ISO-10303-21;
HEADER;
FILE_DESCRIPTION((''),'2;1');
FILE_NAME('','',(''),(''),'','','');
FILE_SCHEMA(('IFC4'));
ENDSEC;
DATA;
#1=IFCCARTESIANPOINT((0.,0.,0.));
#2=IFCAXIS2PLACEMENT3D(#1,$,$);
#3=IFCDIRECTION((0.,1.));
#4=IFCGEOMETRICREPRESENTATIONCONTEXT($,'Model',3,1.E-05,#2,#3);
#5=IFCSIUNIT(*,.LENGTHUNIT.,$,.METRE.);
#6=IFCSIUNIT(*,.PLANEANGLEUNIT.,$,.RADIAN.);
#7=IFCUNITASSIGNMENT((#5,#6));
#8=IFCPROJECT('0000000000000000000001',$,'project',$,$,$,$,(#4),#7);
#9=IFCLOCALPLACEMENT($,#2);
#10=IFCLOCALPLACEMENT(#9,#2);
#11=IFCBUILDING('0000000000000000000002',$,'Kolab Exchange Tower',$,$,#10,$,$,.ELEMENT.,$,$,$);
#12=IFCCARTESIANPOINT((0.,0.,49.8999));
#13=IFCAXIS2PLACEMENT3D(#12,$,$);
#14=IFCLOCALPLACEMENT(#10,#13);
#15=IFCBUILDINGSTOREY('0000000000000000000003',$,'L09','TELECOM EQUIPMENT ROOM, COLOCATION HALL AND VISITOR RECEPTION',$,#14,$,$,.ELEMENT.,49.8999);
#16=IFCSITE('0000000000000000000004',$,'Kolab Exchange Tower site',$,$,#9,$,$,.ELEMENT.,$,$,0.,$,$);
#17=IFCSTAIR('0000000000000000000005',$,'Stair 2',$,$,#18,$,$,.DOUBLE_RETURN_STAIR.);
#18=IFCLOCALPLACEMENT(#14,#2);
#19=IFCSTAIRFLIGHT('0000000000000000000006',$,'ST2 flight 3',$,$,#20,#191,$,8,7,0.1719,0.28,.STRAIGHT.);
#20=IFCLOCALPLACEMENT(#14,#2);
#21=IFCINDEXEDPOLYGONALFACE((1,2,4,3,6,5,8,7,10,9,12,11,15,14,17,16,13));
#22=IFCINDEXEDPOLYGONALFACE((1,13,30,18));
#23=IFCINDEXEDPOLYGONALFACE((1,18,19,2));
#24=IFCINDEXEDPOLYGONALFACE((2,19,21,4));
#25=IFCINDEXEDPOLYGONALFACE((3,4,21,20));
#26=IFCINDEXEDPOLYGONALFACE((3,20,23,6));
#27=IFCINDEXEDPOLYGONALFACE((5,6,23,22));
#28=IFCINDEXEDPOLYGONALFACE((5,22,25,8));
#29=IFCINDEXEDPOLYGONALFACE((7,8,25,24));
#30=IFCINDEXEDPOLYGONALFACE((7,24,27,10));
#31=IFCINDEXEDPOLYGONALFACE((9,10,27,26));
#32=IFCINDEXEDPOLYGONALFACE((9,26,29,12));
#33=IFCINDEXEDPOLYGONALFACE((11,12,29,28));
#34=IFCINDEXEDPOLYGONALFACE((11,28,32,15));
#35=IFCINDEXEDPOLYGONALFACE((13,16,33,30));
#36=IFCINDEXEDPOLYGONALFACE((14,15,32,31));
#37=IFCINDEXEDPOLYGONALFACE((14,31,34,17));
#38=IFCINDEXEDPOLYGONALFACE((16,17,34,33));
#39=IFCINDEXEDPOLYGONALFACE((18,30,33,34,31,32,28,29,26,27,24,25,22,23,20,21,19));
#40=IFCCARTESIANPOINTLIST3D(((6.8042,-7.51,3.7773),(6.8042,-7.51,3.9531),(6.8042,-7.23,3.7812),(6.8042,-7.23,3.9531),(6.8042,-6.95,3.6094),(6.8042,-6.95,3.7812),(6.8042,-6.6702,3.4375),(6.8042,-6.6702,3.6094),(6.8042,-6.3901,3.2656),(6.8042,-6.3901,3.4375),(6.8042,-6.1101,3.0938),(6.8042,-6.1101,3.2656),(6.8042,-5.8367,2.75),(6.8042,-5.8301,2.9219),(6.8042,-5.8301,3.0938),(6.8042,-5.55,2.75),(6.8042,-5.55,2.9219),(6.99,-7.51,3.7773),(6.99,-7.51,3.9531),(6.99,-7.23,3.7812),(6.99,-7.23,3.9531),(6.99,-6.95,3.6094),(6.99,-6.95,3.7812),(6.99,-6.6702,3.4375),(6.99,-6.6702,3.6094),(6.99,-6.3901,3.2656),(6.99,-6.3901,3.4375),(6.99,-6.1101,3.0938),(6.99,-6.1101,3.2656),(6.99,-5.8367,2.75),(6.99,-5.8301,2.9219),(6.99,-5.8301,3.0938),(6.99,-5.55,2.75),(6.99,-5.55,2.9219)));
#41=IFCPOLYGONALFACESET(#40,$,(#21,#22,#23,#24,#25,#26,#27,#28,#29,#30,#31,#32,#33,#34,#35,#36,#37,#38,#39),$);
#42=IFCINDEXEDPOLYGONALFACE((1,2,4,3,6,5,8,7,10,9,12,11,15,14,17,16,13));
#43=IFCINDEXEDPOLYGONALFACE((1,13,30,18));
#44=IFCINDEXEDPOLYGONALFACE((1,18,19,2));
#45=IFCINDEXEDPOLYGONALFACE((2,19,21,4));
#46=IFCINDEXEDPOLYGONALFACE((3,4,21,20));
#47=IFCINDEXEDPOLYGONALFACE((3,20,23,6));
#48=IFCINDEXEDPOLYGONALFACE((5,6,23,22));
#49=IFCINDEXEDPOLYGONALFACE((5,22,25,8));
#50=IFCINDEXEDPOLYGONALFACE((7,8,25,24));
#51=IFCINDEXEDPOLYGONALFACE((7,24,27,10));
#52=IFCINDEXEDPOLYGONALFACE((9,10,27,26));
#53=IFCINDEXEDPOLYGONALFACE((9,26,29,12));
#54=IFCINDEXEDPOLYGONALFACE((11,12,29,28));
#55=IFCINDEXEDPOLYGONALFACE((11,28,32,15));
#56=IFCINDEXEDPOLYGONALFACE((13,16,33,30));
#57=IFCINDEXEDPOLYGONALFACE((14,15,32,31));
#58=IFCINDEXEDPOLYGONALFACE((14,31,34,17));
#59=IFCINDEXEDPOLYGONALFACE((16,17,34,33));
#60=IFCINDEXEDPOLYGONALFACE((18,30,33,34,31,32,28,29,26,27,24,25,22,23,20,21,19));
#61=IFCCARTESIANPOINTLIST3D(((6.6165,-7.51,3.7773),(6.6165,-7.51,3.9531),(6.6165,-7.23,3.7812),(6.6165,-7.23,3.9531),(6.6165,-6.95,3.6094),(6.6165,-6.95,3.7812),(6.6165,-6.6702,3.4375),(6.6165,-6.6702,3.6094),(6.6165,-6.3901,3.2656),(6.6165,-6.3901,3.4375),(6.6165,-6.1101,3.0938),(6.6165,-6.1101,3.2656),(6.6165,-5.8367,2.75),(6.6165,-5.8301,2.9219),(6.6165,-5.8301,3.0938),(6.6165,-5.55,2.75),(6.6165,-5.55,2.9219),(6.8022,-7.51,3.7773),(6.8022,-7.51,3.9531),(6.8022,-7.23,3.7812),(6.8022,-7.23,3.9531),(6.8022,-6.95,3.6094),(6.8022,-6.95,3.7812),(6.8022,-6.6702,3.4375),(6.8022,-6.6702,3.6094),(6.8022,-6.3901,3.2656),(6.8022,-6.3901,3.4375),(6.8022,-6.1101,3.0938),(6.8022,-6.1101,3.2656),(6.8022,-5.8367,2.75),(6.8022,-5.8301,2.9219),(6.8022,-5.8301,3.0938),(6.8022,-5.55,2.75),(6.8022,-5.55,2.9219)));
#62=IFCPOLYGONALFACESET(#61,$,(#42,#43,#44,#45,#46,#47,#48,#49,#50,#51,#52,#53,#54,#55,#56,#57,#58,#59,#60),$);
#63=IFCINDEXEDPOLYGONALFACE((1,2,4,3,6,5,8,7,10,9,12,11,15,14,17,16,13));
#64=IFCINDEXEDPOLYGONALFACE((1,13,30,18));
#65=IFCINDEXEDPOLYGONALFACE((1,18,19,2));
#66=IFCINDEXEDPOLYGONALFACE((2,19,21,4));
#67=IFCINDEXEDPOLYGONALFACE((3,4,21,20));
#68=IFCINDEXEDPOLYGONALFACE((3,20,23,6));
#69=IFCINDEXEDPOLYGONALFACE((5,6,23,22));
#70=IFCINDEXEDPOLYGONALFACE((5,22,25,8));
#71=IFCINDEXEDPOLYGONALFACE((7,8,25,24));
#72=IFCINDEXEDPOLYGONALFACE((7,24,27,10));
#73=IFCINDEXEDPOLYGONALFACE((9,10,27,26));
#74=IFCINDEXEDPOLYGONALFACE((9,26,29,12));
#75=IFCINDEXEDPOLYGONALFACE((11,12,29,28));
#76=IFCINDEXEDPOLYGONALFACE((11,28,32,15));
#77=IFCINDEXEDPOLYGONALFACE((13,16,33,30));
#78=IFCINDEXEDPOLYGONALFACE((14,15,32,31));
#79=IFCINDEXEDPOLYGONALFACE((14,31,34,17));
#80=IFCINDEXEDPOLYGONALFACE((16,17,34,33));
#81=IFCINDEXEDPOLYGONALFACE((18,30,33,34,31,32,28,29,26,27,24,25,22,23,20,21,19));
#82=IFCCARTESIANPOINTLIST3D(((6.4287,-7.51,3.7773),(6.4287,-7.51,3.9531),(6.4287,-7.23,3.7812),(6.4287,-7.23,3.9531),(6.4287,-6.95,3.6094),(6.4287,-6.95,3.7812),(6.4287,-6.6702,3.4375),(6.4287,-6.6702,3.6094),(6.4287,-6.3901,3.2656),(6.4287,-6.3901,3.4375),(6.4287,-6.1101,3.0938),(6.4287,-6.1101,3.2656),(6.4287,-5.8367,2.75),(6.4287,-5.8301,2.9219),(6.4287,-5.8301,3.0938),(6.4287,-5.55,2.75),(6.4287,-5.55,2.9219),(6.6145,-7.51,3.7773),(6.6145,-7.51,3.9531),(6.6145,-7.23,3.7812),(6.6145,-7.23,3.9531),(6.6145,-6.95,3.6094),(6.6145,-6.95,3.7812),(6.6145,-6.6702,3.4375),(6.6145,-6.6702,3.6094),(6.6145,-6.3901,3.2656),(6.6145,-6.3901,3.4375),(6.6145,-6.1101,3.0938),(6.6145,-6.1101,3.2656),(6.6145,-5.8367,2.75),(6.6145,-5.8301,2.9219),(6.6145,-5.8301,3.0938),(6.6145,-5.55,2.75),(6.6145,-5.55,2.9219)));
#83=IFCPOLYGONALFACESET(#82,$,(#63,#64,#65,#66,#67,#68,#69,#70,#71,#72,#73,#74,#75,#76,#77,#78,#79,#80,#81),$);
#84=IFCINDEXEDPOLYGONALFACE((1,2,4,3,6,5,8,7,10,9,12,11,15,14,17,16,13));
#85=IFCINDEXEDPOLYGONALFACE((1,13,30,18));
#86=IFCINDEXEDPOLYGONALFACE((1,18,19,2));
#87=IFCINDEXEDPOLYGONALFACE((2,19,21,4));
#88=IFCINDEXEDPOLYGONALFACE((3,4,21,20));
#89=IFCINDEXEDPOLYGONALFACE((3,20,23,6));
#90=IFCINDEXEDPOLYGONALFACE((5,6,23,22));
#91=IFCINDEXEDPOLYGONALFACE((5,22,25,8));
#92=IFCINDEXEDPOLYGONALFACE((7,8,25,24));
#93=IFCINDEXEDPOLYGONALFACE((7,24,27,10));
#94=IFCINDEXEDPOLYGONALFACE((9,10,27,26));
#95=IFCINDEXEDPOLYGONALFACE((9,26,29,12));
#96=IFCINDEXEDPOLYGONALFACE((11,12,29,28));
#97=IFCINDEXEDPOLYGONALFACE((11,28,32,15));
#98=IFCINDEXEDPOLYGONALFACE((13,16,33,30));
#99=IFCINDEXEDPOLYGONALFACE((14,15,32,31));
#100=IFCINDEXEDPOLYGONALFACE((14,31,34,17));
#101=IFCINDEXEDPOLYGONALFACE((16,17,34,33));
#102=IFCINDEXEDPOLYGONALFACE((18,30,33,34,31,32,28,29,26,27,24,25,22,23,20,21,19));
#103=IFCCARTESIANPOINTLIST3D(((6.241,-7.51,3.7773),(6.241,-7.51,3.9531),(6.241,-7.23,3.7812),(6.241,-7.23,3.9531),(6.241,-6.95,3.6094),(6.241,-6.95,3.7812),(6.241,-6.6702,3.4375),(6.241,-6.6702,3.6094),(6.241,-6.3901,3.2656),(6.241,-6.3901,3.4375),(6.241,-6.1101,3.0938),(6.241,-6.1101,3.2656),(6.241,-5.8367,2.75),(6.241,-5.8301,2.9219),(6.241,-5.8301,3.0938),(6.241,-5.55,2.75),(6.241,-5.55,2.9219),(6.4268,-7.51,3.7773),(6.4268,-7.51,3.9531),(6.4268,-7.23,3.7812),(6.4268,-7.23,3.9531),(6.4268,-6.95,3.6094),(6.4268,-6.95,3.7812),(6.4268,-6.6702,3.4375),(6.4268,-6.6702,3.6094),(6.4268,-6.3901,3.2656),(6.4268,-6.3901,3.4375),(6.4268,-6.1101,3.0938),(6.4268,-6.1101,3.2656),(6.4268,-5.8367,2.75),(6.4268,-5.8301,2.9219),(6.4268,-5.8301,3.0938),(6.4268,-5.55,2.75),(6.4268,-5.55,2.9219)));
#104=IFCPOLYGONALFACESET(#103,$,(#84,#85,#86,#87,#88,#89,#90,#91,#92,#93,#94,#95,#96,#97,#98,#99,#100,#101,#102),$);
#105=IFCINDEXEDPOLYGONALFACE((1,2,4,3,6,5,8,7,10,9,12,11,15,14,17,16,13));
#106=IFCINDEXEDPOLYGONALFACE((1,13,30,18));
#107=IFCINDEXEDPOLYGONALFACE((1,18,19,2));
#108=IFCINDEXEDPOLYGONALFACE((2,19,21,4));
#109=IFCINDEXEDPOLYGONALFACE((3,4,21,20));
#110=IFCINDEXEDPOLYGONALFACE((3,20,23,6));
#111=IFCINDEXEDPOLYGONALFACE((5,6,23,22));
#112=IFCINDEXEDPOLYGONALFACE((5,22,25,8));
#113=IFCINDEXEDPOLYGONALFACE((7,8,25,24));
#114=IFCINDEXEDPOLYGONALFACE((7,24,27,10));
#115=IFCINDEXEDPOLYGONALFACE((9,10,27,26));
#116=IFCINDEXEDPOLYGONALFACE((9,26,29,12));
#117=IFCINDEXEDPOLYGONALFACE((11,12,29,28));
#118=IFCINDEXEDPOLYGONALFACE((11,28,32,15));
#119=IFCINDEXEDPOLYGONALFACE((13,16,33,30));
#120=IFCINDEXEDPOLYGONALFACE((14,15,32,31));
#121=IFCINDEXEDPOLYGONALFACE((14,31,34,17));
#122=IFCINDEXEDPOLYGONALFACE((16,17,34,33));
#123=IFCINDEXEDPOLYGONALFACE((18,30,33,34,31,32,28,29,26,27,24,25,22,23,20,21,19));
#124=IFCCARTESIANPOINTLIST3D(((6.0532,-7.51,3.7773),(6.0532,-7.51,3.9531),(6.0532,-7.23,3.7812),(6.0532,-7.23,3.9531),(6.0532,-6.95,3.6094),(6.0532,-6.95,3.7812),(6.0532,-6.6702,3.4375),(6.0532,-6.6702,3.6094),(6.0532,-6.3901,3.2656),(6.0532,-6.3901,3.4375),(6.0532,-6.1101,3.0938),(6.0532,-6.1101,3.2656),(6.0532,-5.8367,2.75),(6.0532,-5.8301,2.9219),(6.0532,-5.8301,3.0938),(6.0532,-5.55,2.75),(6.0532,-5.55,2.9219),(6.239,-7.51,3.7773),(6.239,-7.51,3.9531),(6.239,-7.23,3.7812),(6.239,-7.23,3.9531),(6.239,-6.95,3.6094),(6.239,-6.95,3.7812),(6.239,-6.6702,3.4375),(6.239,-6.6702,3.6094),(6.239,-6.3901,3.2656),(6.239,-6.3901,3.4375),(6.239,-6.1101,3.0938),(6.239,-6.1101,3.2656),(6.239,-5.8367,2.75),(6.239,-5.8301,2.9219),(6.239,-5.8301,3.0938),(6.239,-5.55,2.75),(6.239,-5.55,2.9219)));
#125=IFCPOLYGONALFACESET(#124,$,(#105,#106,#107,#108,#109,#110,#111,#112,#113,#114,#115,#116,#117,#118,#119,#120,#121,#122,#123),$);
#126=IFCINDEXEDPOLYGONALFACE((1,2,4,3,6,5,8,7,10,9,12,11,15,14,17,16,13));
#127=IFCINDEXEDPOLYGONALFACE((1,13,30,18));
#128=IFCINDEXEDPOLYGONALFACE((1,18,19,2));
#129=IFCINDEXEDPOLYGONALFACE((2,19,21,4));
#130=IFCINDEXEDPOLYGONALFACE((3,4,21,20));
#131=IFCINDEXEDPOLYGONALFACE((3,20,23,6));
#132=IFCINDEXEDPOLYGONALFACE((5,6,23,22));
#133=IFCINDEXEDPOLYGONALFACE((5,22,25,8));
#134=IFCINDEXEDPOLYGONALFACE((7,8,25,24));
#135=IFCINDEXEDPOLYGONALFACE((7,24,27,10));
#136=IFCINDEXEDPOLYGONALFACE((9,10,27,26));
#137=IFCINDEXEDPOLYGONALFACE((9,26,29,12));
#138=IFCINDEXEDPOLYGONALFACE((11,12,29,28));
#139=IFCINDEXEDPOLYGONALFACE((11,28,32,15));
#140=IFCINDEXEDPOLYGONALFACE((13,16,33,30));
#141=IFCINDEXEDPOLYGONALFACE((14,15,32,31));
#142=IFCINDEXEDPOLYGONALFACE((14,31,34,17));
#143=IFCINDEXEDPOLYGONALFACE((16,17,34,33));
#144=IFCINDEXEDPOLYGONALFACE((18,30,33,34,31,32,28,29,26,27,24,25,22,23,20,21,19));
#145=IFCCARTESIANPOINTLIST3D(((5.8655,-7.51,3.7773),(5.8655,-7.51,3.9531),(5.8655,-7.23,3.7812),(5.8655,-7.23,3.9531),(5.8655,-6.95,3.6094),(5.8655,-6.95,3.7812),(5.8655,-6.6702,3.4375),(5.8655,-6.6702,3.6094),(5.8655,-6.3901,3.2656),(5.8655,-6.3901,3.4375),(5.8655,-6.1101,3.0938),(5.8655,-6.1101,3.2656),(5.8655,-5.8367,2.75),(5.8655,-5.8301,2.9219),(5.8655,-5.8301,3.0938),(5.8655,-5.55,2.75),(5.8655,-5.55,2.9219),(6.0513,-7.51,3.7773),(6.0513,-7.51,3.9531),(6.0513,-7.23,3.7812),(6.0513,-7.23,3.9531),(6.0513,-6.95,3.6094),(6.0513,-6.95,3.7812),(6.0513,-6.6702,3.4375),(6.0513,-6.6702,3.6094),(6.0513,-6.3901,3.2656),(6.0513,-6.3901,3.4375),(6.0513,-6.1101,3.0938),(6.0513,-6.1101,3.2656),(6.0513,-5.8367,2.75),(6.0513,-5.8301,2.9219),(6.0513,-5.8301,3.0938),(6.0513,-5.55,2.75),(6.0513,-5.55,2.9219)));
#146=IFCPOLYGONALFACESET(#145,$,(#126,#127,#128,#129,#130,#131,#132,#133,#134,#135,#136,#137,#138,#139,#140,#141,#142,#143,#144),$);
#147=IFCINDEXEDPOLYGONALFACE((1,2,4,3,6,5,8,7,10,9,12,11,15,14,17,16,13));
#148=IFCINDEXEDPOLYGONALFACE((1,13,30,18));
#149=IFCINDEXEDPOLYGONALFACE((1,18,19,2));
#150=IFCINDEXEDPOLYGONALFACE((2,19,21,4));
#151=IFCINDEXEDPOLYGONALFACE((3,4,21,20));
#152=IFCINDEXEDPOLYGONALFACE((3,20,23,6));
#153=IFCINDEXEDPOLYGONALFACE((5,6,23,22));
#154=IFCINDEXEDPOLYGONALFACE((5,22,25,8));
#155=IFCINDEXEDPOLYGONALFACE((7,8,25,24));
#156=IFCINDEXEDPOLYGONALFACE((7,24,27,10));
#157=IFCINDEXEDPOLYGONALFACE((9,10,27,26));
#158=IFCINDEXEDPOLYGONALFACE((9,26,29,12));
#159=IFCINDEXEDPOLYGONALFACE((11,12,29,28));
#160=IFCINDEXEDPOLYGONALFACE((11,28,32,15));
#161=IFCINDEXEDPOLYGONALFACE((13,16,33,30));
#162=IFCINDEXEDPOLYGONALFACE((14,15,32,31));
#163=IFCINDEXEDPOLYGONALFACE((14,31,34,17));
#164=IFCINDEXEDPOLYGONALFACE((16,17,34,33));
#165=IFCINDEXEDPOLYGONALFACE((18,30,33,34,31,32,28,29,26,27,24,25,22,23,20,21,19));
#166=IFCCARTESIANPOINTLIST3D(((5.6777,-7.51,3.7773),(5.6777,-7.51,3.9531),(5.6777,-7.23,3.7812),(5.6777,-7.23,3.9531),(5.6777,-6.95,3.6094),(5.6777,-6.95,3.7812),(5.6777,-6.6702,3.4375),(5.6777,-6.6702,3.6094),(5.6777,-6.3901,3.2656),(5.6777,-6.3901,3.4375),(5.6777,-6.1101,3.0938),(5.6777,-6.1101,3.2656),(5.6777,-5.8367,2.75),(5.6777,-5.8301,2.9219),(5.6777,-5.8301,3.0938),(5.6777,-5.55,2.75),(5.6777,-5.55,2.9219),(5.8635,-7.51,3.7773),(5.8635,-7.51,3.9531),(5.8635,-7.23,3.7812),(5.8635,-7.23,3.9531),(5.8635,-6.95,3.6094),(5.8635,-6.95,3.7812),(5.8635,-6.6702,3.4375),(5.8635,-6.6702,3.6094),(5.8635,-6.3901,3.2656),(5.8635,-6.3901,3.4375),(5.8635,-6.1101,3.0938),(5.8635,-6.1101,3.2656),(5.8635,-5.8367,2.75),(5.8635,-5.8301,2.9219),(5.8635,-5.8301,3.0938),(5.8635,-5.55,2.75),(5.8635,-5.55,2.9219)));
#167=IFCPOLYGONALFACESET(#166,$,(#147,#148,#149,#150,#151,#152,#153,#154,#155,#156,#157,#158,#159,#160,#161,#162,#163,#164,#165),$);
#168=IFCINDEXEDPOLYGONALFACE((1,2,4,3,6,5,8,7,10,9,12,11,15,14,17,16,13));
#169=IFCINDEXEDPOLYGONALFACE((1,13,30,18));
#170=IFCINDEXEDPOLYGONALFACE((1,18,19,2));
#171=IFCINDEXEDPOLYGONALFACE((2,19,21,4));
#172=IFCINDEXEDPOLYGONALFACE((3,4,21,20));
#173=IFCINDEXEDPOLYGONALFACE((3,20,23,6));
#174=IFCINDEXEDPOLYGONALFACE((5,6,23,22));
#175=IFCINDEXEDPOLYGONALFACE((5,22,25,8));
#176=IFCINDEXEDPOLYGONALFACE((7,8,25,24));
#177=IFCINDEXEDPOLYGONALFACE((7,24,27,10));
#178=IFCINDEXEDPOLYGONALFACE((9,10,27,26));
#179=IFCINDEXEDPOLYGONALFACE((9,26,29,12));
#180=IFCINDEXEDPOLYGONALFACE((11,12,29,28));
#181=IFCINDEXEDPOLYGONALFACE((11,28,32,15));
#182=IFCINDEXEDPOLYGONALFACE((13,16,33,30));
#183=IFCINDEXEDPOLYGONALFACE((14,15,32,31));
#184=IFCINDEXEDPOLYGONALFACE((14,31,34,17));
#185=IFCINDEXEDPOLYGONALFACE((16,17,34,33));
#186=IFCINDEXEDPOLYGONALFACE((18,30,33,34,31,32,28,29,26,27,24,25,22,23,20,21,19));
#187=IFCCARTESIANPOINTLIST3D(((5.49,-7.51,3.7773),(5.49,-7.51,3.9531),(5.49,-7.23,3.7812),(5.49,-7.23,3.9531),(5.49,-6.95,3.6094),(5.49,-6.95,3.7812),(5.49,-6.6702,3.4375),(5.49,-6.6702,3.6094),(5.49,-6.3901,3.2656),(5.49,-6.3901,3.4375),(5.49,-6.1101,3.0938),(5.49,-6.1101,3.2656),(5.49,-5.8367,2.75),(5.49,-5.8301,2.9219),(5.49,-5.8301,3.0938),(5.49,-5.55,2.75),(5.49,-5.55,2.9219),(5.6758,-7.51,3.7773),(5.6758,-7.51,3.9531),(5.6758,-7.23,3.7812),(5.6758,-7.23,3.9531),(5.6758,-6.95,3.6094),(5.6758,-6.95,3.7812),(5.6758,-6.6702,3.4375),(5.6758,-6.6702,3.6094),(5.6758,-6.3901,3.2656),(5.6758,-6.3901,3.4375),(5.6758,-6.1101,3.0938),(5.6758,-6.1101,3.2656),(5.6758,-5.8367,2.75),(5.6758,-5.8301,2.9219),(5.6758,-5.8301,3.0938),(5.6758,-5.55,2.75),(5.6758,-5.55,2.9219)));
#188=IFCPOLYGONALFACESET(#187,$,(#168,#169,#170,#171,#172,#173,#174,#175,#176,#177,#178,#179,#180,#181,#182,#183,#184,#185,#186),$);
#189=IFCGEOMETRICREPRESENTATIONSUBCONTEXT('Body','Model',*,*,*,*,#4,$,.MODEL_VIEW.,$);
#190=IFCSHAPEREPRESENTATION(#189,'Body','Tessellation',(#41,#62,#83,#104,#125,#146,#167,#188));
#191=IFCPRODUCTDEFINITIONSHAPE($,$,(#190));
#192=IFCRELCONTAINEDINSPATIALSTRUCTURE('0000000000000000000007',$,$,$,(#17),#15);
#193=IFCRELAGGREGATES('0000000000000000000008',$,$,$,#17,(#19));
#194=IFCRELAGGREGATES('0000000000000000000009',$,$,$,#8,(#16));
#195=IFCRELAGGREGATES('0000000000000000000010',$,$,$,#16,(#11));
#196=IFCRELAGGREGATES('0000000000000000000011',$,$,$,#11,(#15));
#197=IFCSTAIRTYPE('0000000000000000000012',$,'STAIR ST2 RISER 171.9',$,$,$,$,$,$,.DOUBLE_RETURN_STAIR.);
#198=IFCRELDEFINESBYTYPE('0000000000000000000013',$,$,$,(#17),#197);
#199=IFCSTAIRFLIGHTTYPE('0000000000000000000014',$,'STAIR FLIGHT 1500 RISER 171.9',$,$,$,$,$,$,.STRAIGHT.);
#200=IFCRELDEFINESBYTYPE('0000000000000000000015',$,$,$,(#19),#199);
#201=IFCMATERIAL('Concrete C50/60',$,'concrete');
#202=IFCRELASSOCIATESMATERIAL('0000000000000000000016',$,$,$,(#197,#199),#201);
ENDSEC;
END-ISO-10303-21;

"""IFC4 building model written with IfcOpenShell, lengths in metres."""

from ifc_helpers import new_model, si_unit, direction, frame, origin, place, context, subcontext, project, spatial, polyline, outline, extrude, material, type_object, element, aggregate, save


model = new_model("IFC4")

# Units and contexts
model_context = context("Model", 3, precision=1e-05, world=origin(), true_north=direction((0.0, 1.0)))
body_context = subcontext(model_context, "Body", "Model", "MODEL_VIEW")
ifc_project = project(units=[si_unit("LENGTHUNIT", "METRE"), si_unit("PLANEANGLEUNIT", "RADIAN")], contexts=[model_context])

# Site, building, storey
site_placement = place(None, origin())
site = spatial("IfcSite", under=ifc_project, at=site_placement, Name="Kolab Exchange Tower site", CompositionType="ELEMENT", RefElevation=0.0)
building_placement = place(site_placement, origin())
building = spatial("IfcBuilding", under=site, at=building_placement, Name="Kolab Exchange Tower", CompositionType="ELEMENT")
storey_placement = place(building_placement, frame((0.0, 0.0, 49.8999)))
storey = spatial("IfcBuildingStorey", under=building, at=storey_placement, Name="L09", Description="TELECOM EQUIPMENT ROOM, COLOCATION HALL AND VISITOR RECEPTION", CompositionType="ELEMENT", Elevation=49.8999)

# Shared definitions
ifc_material_1 = material(Name="Concrete C50/60", Category="concrete")

# Stair, stair flight
stair_type_1 = type_object("IfcStairType", Name="STAIR ST2 RISER 171.9", PredefinedType="DOUBLE_RETURN_STAIR", material=ifc_material_1)
stair_1_placement = place(storey_placement, origin())
stair_1 = element("IfcStair", 1, at=stair_1_placement, inside=storey, type_object=stair_type_1, Name="Stair 2", PredefinedType="DOUBLE_RETURN_STAIR")
stair_flight_type = type_object("IfcStairFlightType", Name="STAIR FLIGHT 1500 RISER 171.9", PredefinedType="STRAIGHT", material=ifc_material_1)
stair_flight_1_placement = place(storey_placement, frame((6.24, -5.55, 2.75), z_axis=(0.0, 0.0, 1.0), x_axis=(0.0, -1.0, 0.0)))
stair_flight_1 = element("IfcStairFlight", 2, at=stair_flight_1_placement, type_object=stair_flight_type, Name="ST2 flight 3", NumberOfRisers=8, NumberOfTreads=7, PredefinedType="STRAIGHT", RiserHeight=0.1719, TreadLength=0.28, context=body_context, shape_type="SweptSolid", body=[
    extrude(outline(polyline([(0.0, 0.0), (0.0, 0.1719), (0.28, 0.1719), (0.28, 0.3438), (0.5601, 0.3438), (0.5601, 0.5156), (0.8401, 0.5156), (0.8401, 0.6875), (1.1201, 0.6875), (1.1201, 0.8594), (1.3999, 0.8594), (1.3999, 1.0312), (1.6799, 1.0312), (1.6799, 1.2031), (1.96, 1.2031), (1.96, 1.375), (1.96, 1.0273), (0.2866, 0.0), (0.0, 0.0)])), frame((0.0, 0.75, 0.0), z_axis=(0.0, -1.0, 0.0), x_axis=(1.0, 0.0, 0.0)), (0.0, 0.0, 1.0), 0.1858),
    extrude(outline(polyline([(0.0, 0.0), (0.0, 0.1719), (0.28, 0.1719), (0.28, 0.3438), (0.5601, 0.3438), (0.5601, 0.5156), (0.8401, 0.5156), (0.8401, 0.6875), (1.1201, 0.6875), (1.1201, 0.8594), (1.3999, 0.8594), (1.3999, 1.0312), (1.6799, 1.0312), (1.6799, 1.2031), (1.96, 1.2031), (1.96, 1.375), (1.96, 1.0273), (0.2866, 0.0), (0.0, 0.0)])), frame((0.0, 0.5623, 0.0), z_axis=(0.0, -1.0, 0.0), x_axis=(1.0, 0.0, 0.0)), (0.0, 0.0, 1.0), 0.1858),
    extrude(outline(polyline([(0.0, 0.0), (0.0, 0.1719), (0.28, 0.1719), (0.28, 0.3438), (0.5601, 0.3438), (0.5601, 0.5156), (0.8401, 0.5156), (0.8401, 0.6875), (1.1201, 0.6875), (1.1201, 0.8594), (1.3999, 0.8594), (1.3999, 1.0312), (1.6799, 1.0312), (1.6799, 1.2031), (1.96, 1.2031), (1.96, 1.375), (1.96, 1.0273), (0.2866, 0.0), (0.0, 0.0)])), frame((0.0, 0.3745, 0.0), z_axis=(0.0, -1.0, 0.0), x_axis=(1.0, 0.0, 0.0)), (0.0, 0.0, 1.0), 0.1858),
    extrude(outline(polyline([(0.0, 0.0), (0.0, 0.1719), (0.28, 0.1719), (0.28, 0.3438), (0.5601, 0.3438), (0.5601, 0.5156), (0.8401, 0.5156), (0.8401, 0.6875), (1.1201, 0.6875), (1.1201, 0.8594), (1.3999, 0.8594), (1.3999, 1.0312), (1.6799, 1.0312), (1.6799, 1.2031), (1.96, 1.2031), (1.96, 1.375), (1.96, 1.0273), (0.2866, 0.0), (0.0, 0.0)])), frame((0.0, 0.1868, 0.0), z_axis=(0.0, -1.0, 0.0), x_axis=(1.0, 0.0, 0.0)), (0.0, 0.0, 1.0), 0.1858),
    extrude(outline(polyline([(0.0, 0.0), (0.0, 0.1719), (0.28, 0.1719), (0.28, 0.3438), (0.5601, 0.3438), (0.5601, 0.5156), (0.8401, 0.5156), (0.8401, 0.6875), (1.1201, 0.6875), (1.1201, 0.8594), (1.3999, 0.8594), (1.3999, 1.0312), (1.6799, 1.0312), (1.6799, 1.2031), (1.96, 1.2031), (1.96, 1.375), (1.96, 1.0273), (0.2866, 0.0), (0.0, 0.0)])), frame((0.0, -0.001, 0.0), z_axis=(0.0, -1.0, 0.0), x_axis=(1.0, 0.0, 0.0)), (0.0, 0.0, 1.0), 0.1858),
    extrude(outline(polyline([(0.0, 0.0), (0.0, 0.1719), (0.28, 0.1719), (0.28, 0.3438), (0.5601, 0.3438), (0.5601, 0.5156), (0.8401, 0.5156), (0.8401, 0.6875), (1.1201, 0.6875), (1.1201, 0.8594), (1.3999, 0.8594), (1.3999, 1.0312), (1.6799, 1.0312), (1.6799, 1.2031), (1.96, 1.2031), (1.96, 1.375), (1.96, 1.0273), (0.2866, 0.0), (0.0, 0.0)])), frame((0.0, -0.1887, 0.0), z_axis=(0.0, -1.0, 0.0), x_axis=(1.0, 0.0, 0.0)), (0.0, 0.0, 1.0), 0.1858),
    extrude(outline(polyline([(0.0, 0.0), (0.0, 0.1719), (0.28, 0.1719), (0.28, 0.3438), (0.5601, 0.3438), (0.5601, 0.5156), (0.8401, 0.5156), (0.8401, 0.6875), (1.1201, 0.6875), (1.1201, 0.8594), (1.3999, 0.8594), (1.3999, 1.0312), (1.6799, 1.0312), (1.6799, 1.2031), (1.96, 1.2031), (1.96, 1.375), (1.96, 1.0273), (0.2866, 0.0), (0.0, 0.0)])), frame((0.0, -0.3765, 0.0), z_axis=(0.0, -1.0, 0.0), x_axis=(1.0, 0.0, 0.0)), (0.0, 0.0, 1.0), 0.1858),
    extrude(outline(polyline([(0.0, 0.0), (0.0, 0.1719), (0.28, 0.1719), (0.28, 0.3438), (0.5601, 0.3438), (0.5601, 0.5156), (0.8401, 0.5156), (0.8401, 0.6875), (1.1201, 0.6875), (1.1201, 0.8594), (1.3999, 0.8594), (1.3999, 1.0312), (1.6799, 1.0312), (1.6799, 1.2031), (1.96, 1.2031), (1.96, 1.375), (1.96, 1.0273), (0.2866, 0.0), (0.0, 0.0)])), frame((0.0, -0.5642, 0.0), z_axis=(0.0, -1.0, 0.0), x_axis=(1.0, 0.0, 0.0)), (0.0, 0.0, 1.0), 0.1858),
])
aggregate(stair_1, [stair_flight_1])

save(model, "model.ifc")
